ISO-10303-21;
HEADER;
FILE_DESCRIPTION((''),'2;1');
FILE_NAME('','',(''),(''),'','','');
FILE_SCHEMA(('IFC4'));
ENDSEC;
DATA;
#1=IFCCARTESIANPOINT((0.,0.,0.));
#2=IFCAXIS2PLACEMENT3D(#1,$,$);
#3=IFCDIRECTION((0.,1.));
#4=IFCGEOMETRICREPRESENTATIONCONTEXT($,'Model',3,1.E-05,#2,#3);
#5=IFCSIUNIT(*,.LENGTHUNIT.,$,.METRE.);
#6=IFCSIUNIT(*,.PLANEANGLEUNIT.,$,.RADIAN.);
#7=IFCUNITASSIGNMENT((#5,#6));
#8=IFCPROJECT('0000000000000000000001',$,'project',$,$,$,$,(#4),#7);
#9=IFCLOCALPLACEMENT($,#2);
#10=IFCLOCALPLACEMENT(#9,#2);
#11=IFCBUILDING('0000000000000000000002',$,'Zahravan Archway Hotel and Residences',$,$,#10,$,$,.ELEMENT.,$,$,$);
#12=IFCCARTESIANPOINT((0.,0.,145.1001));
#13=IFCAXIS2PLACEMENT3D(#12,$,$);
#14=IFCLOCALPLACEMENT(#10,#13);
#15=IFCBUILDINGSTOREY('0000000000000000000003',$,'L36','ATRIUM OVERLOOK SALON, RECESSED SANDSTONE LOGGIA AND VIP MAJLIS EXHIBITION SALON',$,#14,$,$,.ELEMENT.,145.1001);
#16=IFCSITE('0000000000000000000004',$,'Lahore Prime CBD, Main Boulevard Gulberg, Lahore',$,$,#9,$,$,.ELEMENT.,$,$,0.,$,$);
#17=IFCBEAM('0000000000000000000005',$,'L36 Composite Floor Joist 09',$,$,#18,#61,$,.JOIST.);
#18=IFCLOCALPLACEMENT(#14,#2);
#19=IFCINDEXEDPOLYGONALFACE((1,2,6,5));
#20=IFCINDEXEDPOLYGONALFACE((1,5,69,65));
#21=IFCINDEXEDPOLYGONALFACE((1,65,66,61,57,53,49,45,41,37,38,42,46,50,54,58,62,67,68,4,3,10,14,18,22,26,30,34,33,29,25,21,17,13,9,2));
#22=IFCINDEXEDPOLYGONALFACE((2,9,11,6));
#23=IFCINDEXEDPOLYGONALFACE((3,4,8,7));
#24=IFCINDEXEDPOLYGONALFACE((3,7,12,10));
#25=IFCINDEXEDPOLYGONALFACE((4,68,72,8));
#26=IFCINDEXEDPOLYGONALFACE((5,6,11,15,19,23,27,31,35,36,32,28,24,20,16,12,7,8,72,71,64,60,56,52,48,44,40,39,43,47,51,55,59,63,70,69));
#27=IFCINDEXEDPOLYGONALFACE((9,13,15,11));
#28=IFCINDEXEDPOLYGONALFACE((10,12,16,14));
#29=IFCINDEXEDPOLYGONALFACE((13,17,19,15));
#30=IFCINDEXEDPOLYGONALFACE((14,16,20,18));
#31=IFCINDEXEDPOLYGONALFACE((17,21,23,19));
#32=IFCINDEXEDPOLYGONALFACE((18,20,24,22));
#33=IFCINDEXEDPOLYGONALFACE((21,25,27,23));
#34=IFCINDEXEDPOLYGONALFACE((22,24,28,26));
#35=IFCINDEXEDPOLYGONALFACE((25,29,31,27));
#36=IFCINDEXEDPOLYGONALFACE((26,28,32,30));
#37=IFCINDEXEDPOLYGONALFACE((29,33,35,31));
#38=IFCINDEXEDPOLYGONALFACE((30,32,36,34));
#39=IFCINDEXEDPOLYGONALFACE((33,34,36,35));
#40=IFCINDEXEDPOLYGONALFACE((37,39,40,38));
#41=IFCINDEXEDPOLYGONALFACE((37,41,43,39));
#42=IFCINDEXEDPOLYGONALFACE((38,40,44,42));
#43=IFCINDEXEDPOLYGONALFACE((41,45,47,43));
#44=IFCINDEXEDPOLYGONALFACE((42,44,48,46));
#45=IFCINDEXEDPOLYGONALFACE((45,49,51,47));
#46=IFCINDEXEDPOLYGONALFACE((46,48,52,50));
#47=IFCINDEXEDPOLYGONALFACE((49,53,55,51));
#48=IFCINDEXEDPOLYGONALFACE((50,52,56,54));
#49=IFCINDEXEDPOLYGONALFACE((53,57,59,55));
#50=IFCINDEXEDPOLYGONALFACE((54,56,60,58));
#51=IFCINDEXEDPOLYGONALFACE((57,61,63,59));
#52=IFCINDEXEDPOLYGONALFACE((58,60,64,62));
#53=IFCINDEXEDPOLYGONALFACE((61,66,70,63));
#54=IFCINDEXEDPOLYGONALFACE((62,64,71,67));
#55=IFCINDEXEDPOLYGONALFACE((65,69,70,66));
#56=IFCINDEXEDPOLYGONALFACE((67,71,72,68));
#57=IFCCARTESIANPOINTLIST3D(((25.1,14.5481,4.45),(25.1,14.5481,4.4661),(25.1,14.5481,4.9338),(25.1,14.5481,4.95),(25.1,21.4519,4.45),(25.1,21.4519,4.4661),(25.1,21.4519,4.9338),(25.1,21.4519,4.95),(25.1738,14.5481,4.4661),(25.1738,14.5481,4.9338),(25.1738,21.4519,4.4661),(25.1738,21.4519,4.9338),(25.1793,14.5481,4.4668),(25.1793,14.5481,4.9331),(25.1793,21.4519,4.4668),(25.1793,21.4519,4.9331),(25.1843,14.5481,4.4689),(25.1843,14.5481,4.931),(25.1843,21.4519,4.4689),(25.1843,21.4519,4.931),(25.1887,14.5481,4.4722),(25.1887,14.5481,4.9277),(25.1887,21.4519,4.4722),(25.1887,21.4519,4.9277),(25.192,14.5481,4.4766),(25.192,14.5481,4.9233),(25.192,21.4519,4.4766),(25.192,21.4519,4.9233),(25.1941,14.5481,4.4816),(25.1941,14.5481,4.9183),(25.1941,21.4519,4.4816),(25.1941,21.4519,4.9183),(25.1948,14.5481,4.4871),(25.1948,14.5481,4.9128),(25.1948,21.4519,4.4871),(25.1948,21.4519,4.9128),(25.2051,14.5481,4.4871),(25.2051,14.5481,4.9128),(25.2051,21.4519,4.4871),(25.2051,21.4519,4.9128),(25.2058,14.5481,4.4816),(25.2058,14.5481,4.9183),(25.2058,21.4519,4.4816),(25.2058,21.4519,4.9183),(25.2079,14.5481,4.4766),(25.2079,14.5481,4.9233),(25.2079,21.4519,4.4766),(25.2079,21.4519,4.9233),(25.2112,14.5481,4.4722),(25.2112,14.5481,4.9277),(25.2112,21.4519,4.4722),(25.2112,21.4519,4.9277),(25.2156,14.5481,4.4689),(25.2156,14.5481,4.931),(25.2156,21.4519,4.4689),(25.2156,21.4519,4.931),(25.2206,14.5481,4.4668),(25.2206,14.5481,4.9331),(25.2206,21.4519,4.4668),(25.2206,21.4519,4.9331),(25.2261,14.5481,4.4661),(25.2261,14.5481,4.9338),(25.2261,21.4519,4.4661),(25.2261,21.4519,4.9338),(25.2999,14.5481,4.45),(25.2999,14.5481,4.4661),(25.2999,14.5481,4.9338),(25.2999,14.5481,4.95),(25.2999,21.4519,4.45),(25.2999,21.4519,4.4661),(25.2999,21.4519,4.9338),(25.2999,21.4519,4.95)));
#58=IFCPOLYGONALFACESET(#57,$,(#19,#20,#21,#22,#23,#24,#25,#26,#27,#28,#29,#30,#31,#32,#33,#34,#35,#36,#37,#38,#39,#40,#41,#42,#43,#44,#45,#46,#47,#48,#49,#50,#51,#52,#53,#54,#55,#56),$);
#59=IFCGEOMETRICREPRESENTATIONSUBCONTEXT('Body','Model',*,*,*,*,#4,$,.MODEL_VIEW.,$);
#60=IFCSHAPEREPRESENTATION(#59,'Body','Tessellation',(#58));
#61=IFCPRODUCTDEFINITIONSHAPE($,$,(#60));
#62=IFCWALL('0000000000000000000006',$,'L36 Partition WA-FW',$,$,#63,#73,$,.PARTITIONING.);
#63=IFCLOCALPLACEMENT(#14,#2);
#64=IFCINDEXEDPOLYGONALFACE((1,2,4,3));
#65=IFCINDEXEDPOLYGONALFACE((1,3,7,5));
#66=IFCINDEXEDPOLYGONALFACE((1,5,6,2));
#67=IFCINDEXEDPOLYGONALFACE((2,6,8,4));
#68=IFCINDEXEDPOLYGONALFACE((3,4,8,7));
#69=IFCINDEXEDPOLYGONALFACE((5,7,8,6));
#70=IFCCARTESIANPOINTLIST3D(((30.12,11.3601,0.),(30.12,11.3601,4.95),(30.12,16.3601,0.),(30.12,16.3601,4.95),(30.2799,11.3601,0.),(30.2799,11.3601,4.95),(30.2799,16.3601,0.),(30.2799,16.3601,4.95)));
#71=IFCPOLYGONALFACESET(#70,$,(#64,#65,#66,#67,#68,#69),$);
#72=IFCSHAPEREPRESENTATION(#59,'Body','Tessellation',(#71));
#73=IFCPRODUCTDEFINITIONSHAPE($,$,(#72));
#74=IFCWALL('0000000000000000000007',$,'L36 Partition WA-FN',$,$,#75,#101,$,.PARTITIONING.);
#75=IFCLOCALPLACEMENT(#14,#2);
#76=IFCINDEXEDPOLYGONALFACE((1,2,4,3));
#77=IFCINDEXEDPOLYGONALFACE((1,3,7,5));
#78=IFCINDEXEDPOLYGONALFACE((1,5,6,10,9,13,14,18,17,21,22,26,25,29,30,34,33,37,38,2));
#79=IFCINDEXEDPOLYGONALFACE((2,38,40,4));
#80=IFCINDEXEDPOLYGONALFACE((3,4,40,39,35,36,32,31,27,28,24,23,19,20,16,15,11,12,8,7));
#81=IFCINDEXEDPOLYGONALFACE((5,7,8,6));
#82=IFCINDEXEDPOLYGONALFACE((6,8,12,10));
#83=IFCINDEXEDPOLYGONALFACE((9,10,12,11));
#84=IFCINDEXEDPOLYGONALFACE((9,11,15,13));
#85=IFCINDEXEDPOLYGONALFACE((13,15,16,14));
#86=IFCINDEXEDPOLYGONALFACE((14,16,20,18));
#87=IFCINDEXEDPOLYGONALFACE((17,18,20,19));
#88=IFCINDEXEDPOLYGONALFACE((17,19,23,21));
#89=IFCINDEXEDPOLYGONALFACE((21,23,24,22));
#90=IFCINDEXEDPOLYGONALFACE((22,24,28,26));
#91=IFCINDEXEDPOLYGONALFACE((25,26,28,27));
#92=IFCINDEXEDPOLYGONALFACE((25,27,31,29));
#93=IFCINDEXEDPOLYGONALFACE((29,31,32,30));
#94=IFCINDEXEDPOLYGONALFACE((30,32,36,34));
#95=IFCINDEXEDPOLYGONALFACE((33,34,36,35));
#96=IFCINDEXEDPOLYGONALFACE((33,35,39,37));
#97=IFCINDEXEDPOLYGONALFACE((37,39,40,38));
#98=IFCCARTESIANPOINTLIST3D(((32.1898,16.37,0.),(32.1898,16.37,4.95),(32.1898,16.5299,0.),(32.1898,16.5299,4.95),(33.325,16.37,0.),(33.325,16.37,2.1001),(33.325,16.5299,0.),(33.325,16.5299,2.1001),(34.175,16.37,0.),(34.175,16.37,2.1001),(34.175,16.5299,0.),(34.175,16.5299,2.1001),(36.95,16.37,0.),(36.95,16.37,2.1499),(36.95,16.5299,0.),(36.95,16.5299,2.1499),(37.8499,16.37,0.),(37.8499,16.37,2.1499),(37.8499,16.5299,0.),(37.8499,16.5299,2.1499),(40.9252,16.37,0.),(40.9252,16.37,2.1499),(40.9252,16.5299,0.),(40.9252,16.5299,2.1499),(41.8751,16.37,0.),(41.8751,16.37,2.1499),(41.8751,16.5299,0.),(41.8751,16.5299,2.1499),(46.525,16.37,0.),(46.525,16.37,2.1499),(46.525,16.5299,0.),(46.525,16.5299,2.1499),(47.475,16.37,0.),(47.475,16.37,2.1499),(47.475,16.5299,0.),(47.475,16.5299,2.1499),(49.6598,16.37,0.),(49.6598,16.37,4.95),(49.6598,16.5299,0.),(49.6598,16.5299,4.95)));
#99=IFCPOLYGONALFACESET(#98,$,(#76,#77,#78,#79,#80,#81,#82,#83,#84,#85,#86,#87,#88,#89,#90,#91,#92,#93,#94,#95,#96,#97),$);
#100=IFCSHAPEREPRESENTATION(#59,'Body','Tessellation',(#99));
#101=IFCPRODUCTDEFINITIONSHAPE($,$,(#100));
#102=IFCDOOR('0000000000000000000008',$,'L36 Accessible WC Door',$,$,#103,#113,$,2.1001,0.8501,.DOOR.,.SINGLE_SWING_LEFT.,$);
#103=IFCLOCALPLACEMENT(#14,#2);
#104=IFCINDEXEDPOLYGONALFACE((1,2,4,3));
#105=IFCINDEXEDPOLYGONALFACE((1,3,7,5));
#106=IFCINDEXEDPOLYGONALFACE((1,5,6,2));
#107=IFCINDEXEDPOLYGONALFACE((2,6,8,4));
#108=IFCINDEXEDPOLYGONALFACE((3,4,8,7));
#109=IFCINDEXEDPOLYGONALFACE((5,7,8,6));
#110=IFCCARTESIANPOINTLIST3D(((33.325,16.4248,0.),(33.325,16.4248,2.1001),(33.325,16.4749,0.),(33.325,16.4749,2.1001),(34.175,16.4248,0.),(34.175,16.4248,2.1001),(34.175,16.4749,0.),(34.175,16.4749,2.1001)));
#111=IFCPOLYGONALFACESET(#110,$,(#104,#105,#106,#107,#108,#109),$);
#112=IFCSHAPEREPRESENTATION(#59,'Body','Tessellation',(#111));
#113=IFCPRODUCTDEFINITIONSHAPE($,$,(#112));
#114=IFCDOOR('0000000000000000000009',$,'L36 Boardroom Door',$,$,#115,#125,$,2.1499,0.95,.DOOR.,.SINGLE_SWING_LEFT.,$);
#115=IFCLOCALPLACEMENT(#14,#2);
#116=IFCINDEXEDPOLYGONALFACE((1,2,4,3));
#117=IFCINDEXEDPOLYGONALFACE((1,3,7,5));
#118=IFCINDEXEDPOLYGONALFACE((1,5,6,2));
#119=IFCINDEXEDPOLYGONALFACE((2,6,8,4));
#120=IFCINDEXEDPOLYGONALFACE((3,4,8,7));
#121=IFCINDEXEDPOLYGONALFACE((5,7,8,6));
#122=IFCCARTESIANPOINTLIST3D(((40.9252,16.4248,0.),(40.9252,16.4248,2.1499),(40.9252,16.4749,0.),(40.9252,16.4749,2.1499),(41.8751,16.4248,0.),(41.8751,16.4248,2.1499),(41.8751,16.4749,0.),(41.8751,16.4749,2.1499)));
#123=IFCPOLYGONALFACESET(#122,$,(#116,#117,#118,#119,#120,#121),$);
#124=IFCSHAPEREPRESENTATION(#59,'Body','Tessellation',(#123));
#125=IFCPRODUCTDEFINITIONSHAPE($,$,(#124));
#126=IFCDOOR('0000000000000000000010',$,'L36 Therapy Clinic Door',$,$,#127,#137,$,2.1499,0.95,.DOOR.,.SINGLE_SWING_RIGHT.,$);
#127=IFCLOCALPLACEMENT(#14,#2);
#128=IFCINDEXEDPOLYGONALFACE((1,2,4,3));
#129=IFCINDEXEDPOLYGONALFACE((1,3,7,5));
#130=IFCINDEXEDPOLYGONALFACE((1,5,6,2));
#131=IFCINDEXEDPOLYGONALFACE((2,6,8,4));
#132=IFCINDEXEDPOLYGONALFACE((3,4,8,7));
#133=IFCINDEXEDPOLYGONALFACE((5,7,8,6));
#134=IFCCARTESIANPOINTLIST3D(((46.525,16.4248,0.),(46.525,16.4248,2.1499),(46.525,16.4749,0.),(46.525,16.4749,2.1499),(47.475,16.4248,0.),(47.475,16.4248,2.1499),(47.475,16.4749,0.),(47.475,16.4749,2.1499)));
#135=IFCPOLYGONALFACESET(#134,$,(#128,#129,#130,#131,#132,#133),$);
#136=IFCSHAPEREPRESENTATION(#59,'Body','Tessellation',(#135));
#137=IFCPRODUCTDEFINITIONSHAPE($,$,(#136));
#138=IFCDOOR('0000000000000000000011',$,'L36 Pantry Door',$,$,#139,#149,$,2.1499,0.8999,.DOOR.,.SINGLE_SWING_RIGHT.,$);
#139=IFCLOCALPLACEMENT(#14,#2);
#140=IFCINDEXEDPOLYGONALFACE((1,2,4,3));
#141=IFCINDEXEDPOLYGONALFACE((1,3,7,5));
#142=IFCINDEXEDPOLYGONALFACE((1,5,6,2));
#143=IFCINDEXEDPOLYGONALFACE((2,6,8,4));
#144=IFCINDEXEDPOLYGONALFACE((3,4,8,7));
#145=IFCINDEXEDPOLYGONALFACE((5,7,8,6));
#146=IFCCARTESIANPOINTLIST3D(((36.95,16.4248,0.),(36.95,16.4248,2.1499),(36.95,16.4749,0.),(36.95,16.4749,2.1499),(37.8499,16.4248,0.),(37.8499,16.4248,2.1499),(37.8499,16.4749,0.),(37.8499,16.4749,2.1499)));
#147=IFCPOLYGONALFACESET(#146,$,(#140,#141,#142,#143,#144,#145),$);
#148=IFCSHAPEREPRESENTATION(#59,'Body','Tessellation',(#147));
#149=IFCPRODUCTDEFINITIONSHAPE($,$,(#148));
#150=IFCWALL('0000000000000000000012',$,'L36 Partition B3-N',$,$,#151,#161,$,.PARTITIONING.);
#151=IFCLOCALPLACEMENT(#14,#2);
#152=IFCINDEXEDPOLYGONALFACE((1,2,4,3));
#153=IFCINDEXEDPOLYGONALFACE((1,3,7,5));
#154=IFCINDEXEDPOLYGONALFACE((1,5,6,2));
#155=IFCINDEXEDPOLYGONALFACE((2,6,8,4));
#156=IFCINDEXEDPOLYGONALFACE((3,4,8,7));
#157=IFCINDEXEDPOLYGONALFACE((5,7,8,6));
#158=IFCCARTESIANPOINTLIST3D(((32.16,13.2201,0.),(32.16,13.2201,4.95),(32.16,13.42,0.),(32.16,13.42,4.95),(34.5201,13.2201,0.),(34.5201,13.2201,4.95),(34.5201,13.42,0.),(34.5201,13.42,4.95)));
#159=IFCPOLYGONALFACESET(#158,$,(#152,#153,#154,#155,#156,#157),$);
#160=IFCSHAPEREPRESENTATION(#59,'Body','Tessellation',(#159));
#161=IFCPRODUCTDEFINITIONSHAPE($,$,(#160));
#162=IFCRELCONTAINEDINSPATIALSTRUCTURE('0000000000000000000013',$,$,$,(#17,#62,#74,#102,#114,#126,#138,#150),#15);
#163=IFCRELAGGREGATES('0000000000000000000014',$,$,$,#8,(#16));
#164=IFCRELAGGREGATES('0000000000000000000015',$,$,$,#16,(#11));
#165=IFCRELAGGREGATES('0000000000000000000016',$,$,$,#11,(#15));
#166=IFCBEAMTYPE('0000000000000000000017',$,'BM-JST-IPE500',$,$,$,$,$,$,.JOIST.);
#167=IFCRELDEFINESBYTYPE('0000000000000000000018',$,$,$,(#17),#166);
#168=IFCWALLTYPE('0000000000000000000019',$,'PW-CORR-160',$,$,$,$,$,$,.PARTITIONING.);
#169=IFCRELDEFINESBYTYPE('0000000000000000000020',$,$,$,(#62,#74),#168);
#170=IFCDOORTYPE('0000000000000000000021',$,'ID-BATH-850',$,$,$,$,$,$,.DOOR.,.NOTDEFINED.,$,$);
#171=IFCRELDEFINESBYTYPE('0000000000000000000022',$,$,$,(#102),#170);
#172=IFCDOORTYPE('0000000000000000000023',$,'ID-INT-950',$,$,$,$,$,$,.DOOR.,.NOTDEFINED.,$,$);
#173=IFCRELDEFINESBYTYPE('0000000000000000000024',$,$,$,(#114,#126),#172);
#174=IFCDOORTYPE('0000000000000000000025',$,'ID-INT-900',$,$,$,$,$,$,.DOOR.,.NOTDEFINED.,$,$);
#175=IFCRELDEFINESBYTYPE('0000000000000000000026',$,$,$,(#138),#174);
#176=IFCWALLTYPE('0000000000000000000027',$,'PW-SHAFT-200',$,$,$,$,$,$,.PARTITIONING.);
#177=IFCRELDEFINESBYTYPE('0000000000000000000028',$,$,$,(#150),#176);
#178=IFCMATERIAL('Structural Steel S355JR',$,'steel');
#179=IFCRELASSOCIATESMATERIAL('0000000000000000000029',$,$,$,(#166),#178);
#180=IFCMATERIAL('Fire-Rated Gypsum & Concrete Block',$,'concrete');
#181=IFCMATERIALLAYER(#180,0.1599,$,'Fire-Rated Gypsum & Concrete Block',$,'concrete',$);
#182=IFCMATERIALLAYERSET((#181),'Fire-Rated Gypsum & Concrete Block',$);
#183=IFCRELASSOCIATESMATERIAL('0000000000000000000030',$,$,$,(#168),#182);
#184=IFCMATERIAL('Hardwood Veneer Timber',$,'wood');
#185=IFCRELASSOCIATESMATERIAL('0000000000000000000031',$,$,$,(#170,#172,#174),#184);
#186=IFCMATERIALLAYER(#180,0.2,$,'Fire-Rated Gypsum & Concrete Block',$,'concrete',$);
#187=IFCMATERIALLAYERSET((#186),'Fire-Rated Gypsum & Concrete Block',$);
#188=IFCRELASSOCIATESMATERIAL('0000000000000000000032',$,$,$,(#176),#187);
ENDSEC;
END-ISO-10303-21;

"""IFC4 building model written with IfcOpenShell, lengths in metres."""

from ifc_helpers import new_model, si_unit, direction, frame, frame_2d, origin, origin_2d, place, context, subcontext, project, spatial, rectangle, i_section, extrude, source, transform, mapped, material, layer, layer_set, material_profile, profile_set, type_object, type_shapes, element, fill, save


model = new_model("IFC4")

# Units and contexts
model_context = context("Model", 3, precision=1e-05, world=origin(), true_north=direction((0.0, 1.0)))
body_context = subcontext(model_context, "Body", "Model", "MODEL_VIEW")
ifc_project = project(units=[si_unit("LENGTHUNIT", "METRE"), si_unit("PLANEANGLEUNIT", "RADIAN")], contexts=[model_context])

# Site, building, storey
site_placement = place(None, origin())
site = spatial("IfcSite", under=ifc_project, at=site_placement, Name="Lahore Prime CBD, Main Boulevard Gulberg, Lahore", CompositionType="ELEMENT", RefElevation=0.0)
building_placement = place(site_placement, origin())
building = spatial("IfcBuilding", under=site, at=building_placement, Name="Zahravan Archway Hotel and Residences", CompositionType="ELEMENT")
storey_placement = place(building_placement, frame((0.0, 0.0, 145.1001)))
storey = spatial("IfcBuildingStorey", under=building, at=storey_placement, Name="L36", Description="ATRIUM OVERLOOK SALON, RECESSED SANDSTONE LOGGIA AND VIP MAJLIS EXHIBITION SALON", CompositionType="ELEMENT", Elevation=145.1001)

# Beam
ifc_material_1 = material(Name="Structural Steel S355JR", Category="steel")
ifc_material_profile_1 = material_profile(ifc_material_1, i_section(OverallWidth=0.2, OverallDepth=0.5, WebThickness=0.0103, FlangeThickness=0.0161, FilletRadius=0.021, at=origin_2d()), Name="IPE 500", Category="steel")
ifc_profile_set_1 = profile_set([ifc_material_profile_1], Name="Structural Steel S355JR")
beam_type_1 = type_object("IfcBeamType", Name="BM-JST-IPE500", PredefinedType="JOIST", material=ifc_profile_set_1)
shared_shape_1 = source(origin(), body_context, "Body", "SweptSolid", [
    extrude(i_section(OverallWidth=0.2, OverallDepth=0.5, WebThickness=0.0103, FlangeThickness=0.0161, FilletRadius=0.021, at=origin_2d()), origin(), (0.0, 0.0, 1.0), 6.9038),
])
beam_1_placement = place(storey_placement, frame((25.2, 14.5481, 4.7), z_axis=(0.0, 1.0, 0.0), x_axis=(-1.0, 0.0, 0.0)))
element("IfcBeam", 1, at=beam_1_placement, inside=storey, type_object=beam_type_1, Name="L36 Composite Floor Joist 09", PredefinedType="JOIST", context=body_context, shape_type="MappedRepresentation", body=[
    mapped(shared_shape_1, transform((0.0, 0.0, 0.0), scale=1.0)),
])

# Wall
ifc_material_2 = material(Name="Fire-Rated Gypsum & Concrete Block", Category="concrete")
ifc_layer_1 = layer(ifc_material_2, 0.1599, Name="Fire-Rated Gypsum & Concrete Block", Category="concrete")
ifc_layer_set_1 = layer_set([ifc_layer_1], Name="Fire-Rated Gypsum & Concrete Block")
wall_type_1 = type_object("IfcWallType", Name="PW-CORR-160", PredefinedType="PARTITIONING", material=ifc_layer_set_1)
wall_1_placement = place(storey_placement, frame((30.2, 11.3601, 0.0), z_axis=(0.0, 0.0, 1.0), x_axis=(0.0, 1.0, 0.0)))
element("IfcWall", 2, at=wall_1_placement, inside=storey, type_object=wall_type_1, Name="L36 Partition WA-FW", PredefinedType="PARTITIONING", context=body_context, shape_type="SweptSolid", body=[
    extrude(rectangle(XDim=5.0, YDim=0.1599, at=frame_2d((2.5, 0.0))), origin(), (0.0, 0.0, 1.0), 4.95),
])

# Wall, openings, doors
wall_2_placement = place(storey_placement, frame((32.1899, 16.45, 0.0), z_axis=(0.0, 0.0, 1.0), x_axis=(1.0, 0.0, 0.0)))
wall_2 = element("IfcWall", 3, at=wall_2_placement, inside=storey, type_object=wall_type_1, Name="L36 Partition WA-FN", PredefinedType="PARTITIONING", context=body_context, shape_type="SweptSolid", body=[
    extrude(rectangle(XDim=17.47, YDim=0.1599, at=frame_2d((8.7349, 0.0))), origin(), (0.0, 0.0, 1.0), 4.95),
])
opening_1_placement = place(wall_2_placement, frame((1.135, 0.0, 0.0)))
opening_1 = element("IfcOpeningElement", 4, at=opening_1_placement, cuts=wall_2, PredefinedType="OPENING", context=body_context, shape_type="SweptSolid", body=[
    extrude(rectangle(XDim=0.8501, YDim=2.1001, at=frame_2d((0.425, 1.05))), frame((0.0, 0.0898, 0.0), z_axis=(0.0, -1.0, 0.0), x_axis=(1.0, 0.0, 0.0)), (0.0, 0.0, 1.0), 0.1799),
])
opening_2_placement = place(wall_2_placement, frame((4.76, 0.0, 0.0)))
opening_2 = element("IfcOpeningElement", 5, at=opening_2_placement, cuts=wall_2, PredefinedType="OPENING", context=body_context, shape_type="SweptSolid", body=[
    extrude(rectangle(XDim=0.8999, YDim=2.1499, at=frame_2d((0.45, 1.075))), frame((0.0, 0.0898, 0.0), z_axis=(0.0, -1.0, 0.0), x_axis=(1.0, 0.0, 0.0)), (0.0, 0.0, 1.0), 0.1799),
])
opening_3_placement = place(wall_2_placement, frame((8.7351, 0.0, 0.0)))
opening_3 = element("IfcOpeningElement", 6, at=opening_3_placement, cuts=wall_2, PredefinedType="OPENING", context=body_context, shape_type="SweptSolid", body=[
    extrude(rectangle(XDim=0.95, YDim=2.1499, at=frame_2d((0.4751, 1.075))), frame((0.0, 0.0898, 0.0), z_axis=(0.0, -1.0, 0.0), x_axis=(1.0, 0.0, 0.0)), (0.0, 0.0, 1.0), 0.1799),
])
opening_4_placement = place(wall_2_placement, frame((14.335, 0.0, 0.0)))
opening_4 = element("IfcOpeningElement", 7, at=opening_4_placement, cuts=wall_2, PredefinedType="OPENING", context=body_context, shape_type="SweptSolid", body=[
    extrude(rectangle(XDim=0.95, YDim=2.1499, at=frame_2d((0.4751, 1.075))), frame((0.0, 0.0898, 0.0), z_axis=(0.0, -1.0, 0.0), x_axis=(1.0, 0.0, 0.0)), (0.0, 0.0, 1.0), 0.1799),
])
ifc_material_3 = material(Name="Hardwood Veneer Timber", Category="wood")
door_type_1 = type_object("IfcDoorType", Name="ID-BATH-850", OperationType="NOTDEFINED", PredefinedType="DOOR", material=ifc_material_3)
shared_shape_2 = source(origin(), body_context, "Body", "SweptSolid", [
    extrude(rectangle(XDim=0.8501, YDim=2.1001, at=frame_2d((0.425, 1.05))), frame((0.0, 0.0249, 0.0), z_axis=(0.0, -1.0, 0.0), x_axis=(1.0, 0.0, 0.0)), (0.0, 0.0, 1.0), 0.05),
])
type_shapes(door_type_1, [shared_shape_2])
door_1_placement = place(opening_1_placement, origin())
door_1 = element("IfcDoor", 8, at=door_1_placement, inside=storey, type_object=door_type_1, Name="L36 Accessible WC Door", OperationType="SINGLE_SWING_LEFT", OverallHeight=2.1001, OverallWidth=0.8501, PredefinedType="DOOR", context=body_context, shape_type="MappedRepresentation", body=[
    mapped(shared_shape_2, transform((0.0, 0.0, 0.0), scale=1.0)),
])
fill(opening_1, door_1)
door_type_2 = type_object("IfcDoorType", Name="ID-INT-950", OperationType="NOTDEFINED", PredefinedType="DOOR", material=ifc_material_3)
shared_shape_3 = source(origin(), body_context, "Body", "SweptSolid", [
    extrude(rectangle(XDim=0.95, YDim=2.1499, at=frame_2d((0.4751, 1.075))), frame((0.0, 0.0249, 0.0), z_axis=(0.0, -1.0, 0.0), x_axis=(1.0, 0.0, 0.0)), (0.0, 0.0, 1.0), 0.05),
])
type_shapes(door_type_2, [shared_shape_3])
door_2_placement = place(opening_3_placement, origin())
door_2 = element("IfcDoor", 9, at=door_2_placement, inside=storey, type_object=door_type_2, Name="L36 Boardroom Door", OperationType="SINGLE_SWING_LEFT", OverallHeight=2.1499, OverallWidth=0.95, PredefinedType="DOOR", context=body_context, shape_type="MappedRepresentation", body=[
    mapped(shared_shape_3, transform((0.0, 0.0, 0.0), scale=1.0)),
])
fill(opening_3, door_2)
door_3_placement = place(opening_4_placement, origin())
door_3 = element("IfcDoor", 10, at=door_3_placement, inside=storey, type_object=door_type_2, Name="L36 Therapy Clinic Door", OperationType="SINGLE_SWING_RIGHT", OverallHeight=2.1499, OverallWidth=0.95, PredefinedType="DOOR", context=body_context, shape_type="MappedRepresentation", body=[
    mapped(shared_shape_3, transform((0.0, 0.0, 0.0), scale=1.0)),
])
fill(opening_4, door_3)
door_type_3 = type_object("IfcDoorType", Name="ID-INT-900", OperationType="NOTDEFINED", PredefinedType="DOOR", material=ifc_material_3)
shared_shape_4 = source(origin(), body_context, "Body", "SweptSolid", [
    extrude(rectangle(XDim=0.8999, YDim=2.1499, at=frame_2d((0.45, 1.075))), frame((0.0, 0.0249, 0.0), z_axis=(0.0, -1.0, 0.0), x_axis=(1.0, 0.0, 0.0)), (0.0, 0.0, 1.0), 0.05),
])
type_shapes(door_type_3, [shared_shape_4])
door_4_placement = place(opening_2_placement, origin())
door_4 = element("IfcDoor", 11, at=door_4_placement, inside=storey, type_object=door_type_3, Name="L36 Pantry Door", OperationType="SINGLE_SWING_RIGHT", OverallHeight=2.1499, OverallWidth=0.8999, PredefinedType="DOOR", context=body_context, shape_type="MappedRepresentation", body=[
    mapped(shared_shape_4, transform((0.0, 0.0, 0.0), scale=1.0)),
])
fill(opening_2, door_4)

# Wall
ifc_layer_2 = layer(ifc_material_2, 0.2, Name="Fire-Rated Gypsum & Concrete Block", Category="concrete")
ifc_layer_set_2 = layer_set([ifc_layer_2], Name="Fire-Rated Gypsum & Concrete Block")
wall_type_2 = type_object("IfcWallType", Name="PW-SHAFT-200", PredefinedType="PARTITIONING", material=ifc_layer_set_2)
wall_3_placement = place(storey_placement, frame((32.1599, 13.3201, 0.0), z_axis=(0.0, 0.0, 1.0), x_axis=(1.0, 0.0, 0.0)))
element("IfcWall", 12, at=wall_3_placement, inside=storey, type_object=wall_type_2, Name="L36 Partition B3-N", PredefinedType="PARTITIONING", context=body_context, shape_type="SweptSolid", body=[
    extrude(rectangle(XDim=2.3601, YDim=0.2, at=frame_2d((1.1802, 0.0))), origin(), (0.0, 0.0, 1.0), 4.95),
])

save(model, "model.ifc")
